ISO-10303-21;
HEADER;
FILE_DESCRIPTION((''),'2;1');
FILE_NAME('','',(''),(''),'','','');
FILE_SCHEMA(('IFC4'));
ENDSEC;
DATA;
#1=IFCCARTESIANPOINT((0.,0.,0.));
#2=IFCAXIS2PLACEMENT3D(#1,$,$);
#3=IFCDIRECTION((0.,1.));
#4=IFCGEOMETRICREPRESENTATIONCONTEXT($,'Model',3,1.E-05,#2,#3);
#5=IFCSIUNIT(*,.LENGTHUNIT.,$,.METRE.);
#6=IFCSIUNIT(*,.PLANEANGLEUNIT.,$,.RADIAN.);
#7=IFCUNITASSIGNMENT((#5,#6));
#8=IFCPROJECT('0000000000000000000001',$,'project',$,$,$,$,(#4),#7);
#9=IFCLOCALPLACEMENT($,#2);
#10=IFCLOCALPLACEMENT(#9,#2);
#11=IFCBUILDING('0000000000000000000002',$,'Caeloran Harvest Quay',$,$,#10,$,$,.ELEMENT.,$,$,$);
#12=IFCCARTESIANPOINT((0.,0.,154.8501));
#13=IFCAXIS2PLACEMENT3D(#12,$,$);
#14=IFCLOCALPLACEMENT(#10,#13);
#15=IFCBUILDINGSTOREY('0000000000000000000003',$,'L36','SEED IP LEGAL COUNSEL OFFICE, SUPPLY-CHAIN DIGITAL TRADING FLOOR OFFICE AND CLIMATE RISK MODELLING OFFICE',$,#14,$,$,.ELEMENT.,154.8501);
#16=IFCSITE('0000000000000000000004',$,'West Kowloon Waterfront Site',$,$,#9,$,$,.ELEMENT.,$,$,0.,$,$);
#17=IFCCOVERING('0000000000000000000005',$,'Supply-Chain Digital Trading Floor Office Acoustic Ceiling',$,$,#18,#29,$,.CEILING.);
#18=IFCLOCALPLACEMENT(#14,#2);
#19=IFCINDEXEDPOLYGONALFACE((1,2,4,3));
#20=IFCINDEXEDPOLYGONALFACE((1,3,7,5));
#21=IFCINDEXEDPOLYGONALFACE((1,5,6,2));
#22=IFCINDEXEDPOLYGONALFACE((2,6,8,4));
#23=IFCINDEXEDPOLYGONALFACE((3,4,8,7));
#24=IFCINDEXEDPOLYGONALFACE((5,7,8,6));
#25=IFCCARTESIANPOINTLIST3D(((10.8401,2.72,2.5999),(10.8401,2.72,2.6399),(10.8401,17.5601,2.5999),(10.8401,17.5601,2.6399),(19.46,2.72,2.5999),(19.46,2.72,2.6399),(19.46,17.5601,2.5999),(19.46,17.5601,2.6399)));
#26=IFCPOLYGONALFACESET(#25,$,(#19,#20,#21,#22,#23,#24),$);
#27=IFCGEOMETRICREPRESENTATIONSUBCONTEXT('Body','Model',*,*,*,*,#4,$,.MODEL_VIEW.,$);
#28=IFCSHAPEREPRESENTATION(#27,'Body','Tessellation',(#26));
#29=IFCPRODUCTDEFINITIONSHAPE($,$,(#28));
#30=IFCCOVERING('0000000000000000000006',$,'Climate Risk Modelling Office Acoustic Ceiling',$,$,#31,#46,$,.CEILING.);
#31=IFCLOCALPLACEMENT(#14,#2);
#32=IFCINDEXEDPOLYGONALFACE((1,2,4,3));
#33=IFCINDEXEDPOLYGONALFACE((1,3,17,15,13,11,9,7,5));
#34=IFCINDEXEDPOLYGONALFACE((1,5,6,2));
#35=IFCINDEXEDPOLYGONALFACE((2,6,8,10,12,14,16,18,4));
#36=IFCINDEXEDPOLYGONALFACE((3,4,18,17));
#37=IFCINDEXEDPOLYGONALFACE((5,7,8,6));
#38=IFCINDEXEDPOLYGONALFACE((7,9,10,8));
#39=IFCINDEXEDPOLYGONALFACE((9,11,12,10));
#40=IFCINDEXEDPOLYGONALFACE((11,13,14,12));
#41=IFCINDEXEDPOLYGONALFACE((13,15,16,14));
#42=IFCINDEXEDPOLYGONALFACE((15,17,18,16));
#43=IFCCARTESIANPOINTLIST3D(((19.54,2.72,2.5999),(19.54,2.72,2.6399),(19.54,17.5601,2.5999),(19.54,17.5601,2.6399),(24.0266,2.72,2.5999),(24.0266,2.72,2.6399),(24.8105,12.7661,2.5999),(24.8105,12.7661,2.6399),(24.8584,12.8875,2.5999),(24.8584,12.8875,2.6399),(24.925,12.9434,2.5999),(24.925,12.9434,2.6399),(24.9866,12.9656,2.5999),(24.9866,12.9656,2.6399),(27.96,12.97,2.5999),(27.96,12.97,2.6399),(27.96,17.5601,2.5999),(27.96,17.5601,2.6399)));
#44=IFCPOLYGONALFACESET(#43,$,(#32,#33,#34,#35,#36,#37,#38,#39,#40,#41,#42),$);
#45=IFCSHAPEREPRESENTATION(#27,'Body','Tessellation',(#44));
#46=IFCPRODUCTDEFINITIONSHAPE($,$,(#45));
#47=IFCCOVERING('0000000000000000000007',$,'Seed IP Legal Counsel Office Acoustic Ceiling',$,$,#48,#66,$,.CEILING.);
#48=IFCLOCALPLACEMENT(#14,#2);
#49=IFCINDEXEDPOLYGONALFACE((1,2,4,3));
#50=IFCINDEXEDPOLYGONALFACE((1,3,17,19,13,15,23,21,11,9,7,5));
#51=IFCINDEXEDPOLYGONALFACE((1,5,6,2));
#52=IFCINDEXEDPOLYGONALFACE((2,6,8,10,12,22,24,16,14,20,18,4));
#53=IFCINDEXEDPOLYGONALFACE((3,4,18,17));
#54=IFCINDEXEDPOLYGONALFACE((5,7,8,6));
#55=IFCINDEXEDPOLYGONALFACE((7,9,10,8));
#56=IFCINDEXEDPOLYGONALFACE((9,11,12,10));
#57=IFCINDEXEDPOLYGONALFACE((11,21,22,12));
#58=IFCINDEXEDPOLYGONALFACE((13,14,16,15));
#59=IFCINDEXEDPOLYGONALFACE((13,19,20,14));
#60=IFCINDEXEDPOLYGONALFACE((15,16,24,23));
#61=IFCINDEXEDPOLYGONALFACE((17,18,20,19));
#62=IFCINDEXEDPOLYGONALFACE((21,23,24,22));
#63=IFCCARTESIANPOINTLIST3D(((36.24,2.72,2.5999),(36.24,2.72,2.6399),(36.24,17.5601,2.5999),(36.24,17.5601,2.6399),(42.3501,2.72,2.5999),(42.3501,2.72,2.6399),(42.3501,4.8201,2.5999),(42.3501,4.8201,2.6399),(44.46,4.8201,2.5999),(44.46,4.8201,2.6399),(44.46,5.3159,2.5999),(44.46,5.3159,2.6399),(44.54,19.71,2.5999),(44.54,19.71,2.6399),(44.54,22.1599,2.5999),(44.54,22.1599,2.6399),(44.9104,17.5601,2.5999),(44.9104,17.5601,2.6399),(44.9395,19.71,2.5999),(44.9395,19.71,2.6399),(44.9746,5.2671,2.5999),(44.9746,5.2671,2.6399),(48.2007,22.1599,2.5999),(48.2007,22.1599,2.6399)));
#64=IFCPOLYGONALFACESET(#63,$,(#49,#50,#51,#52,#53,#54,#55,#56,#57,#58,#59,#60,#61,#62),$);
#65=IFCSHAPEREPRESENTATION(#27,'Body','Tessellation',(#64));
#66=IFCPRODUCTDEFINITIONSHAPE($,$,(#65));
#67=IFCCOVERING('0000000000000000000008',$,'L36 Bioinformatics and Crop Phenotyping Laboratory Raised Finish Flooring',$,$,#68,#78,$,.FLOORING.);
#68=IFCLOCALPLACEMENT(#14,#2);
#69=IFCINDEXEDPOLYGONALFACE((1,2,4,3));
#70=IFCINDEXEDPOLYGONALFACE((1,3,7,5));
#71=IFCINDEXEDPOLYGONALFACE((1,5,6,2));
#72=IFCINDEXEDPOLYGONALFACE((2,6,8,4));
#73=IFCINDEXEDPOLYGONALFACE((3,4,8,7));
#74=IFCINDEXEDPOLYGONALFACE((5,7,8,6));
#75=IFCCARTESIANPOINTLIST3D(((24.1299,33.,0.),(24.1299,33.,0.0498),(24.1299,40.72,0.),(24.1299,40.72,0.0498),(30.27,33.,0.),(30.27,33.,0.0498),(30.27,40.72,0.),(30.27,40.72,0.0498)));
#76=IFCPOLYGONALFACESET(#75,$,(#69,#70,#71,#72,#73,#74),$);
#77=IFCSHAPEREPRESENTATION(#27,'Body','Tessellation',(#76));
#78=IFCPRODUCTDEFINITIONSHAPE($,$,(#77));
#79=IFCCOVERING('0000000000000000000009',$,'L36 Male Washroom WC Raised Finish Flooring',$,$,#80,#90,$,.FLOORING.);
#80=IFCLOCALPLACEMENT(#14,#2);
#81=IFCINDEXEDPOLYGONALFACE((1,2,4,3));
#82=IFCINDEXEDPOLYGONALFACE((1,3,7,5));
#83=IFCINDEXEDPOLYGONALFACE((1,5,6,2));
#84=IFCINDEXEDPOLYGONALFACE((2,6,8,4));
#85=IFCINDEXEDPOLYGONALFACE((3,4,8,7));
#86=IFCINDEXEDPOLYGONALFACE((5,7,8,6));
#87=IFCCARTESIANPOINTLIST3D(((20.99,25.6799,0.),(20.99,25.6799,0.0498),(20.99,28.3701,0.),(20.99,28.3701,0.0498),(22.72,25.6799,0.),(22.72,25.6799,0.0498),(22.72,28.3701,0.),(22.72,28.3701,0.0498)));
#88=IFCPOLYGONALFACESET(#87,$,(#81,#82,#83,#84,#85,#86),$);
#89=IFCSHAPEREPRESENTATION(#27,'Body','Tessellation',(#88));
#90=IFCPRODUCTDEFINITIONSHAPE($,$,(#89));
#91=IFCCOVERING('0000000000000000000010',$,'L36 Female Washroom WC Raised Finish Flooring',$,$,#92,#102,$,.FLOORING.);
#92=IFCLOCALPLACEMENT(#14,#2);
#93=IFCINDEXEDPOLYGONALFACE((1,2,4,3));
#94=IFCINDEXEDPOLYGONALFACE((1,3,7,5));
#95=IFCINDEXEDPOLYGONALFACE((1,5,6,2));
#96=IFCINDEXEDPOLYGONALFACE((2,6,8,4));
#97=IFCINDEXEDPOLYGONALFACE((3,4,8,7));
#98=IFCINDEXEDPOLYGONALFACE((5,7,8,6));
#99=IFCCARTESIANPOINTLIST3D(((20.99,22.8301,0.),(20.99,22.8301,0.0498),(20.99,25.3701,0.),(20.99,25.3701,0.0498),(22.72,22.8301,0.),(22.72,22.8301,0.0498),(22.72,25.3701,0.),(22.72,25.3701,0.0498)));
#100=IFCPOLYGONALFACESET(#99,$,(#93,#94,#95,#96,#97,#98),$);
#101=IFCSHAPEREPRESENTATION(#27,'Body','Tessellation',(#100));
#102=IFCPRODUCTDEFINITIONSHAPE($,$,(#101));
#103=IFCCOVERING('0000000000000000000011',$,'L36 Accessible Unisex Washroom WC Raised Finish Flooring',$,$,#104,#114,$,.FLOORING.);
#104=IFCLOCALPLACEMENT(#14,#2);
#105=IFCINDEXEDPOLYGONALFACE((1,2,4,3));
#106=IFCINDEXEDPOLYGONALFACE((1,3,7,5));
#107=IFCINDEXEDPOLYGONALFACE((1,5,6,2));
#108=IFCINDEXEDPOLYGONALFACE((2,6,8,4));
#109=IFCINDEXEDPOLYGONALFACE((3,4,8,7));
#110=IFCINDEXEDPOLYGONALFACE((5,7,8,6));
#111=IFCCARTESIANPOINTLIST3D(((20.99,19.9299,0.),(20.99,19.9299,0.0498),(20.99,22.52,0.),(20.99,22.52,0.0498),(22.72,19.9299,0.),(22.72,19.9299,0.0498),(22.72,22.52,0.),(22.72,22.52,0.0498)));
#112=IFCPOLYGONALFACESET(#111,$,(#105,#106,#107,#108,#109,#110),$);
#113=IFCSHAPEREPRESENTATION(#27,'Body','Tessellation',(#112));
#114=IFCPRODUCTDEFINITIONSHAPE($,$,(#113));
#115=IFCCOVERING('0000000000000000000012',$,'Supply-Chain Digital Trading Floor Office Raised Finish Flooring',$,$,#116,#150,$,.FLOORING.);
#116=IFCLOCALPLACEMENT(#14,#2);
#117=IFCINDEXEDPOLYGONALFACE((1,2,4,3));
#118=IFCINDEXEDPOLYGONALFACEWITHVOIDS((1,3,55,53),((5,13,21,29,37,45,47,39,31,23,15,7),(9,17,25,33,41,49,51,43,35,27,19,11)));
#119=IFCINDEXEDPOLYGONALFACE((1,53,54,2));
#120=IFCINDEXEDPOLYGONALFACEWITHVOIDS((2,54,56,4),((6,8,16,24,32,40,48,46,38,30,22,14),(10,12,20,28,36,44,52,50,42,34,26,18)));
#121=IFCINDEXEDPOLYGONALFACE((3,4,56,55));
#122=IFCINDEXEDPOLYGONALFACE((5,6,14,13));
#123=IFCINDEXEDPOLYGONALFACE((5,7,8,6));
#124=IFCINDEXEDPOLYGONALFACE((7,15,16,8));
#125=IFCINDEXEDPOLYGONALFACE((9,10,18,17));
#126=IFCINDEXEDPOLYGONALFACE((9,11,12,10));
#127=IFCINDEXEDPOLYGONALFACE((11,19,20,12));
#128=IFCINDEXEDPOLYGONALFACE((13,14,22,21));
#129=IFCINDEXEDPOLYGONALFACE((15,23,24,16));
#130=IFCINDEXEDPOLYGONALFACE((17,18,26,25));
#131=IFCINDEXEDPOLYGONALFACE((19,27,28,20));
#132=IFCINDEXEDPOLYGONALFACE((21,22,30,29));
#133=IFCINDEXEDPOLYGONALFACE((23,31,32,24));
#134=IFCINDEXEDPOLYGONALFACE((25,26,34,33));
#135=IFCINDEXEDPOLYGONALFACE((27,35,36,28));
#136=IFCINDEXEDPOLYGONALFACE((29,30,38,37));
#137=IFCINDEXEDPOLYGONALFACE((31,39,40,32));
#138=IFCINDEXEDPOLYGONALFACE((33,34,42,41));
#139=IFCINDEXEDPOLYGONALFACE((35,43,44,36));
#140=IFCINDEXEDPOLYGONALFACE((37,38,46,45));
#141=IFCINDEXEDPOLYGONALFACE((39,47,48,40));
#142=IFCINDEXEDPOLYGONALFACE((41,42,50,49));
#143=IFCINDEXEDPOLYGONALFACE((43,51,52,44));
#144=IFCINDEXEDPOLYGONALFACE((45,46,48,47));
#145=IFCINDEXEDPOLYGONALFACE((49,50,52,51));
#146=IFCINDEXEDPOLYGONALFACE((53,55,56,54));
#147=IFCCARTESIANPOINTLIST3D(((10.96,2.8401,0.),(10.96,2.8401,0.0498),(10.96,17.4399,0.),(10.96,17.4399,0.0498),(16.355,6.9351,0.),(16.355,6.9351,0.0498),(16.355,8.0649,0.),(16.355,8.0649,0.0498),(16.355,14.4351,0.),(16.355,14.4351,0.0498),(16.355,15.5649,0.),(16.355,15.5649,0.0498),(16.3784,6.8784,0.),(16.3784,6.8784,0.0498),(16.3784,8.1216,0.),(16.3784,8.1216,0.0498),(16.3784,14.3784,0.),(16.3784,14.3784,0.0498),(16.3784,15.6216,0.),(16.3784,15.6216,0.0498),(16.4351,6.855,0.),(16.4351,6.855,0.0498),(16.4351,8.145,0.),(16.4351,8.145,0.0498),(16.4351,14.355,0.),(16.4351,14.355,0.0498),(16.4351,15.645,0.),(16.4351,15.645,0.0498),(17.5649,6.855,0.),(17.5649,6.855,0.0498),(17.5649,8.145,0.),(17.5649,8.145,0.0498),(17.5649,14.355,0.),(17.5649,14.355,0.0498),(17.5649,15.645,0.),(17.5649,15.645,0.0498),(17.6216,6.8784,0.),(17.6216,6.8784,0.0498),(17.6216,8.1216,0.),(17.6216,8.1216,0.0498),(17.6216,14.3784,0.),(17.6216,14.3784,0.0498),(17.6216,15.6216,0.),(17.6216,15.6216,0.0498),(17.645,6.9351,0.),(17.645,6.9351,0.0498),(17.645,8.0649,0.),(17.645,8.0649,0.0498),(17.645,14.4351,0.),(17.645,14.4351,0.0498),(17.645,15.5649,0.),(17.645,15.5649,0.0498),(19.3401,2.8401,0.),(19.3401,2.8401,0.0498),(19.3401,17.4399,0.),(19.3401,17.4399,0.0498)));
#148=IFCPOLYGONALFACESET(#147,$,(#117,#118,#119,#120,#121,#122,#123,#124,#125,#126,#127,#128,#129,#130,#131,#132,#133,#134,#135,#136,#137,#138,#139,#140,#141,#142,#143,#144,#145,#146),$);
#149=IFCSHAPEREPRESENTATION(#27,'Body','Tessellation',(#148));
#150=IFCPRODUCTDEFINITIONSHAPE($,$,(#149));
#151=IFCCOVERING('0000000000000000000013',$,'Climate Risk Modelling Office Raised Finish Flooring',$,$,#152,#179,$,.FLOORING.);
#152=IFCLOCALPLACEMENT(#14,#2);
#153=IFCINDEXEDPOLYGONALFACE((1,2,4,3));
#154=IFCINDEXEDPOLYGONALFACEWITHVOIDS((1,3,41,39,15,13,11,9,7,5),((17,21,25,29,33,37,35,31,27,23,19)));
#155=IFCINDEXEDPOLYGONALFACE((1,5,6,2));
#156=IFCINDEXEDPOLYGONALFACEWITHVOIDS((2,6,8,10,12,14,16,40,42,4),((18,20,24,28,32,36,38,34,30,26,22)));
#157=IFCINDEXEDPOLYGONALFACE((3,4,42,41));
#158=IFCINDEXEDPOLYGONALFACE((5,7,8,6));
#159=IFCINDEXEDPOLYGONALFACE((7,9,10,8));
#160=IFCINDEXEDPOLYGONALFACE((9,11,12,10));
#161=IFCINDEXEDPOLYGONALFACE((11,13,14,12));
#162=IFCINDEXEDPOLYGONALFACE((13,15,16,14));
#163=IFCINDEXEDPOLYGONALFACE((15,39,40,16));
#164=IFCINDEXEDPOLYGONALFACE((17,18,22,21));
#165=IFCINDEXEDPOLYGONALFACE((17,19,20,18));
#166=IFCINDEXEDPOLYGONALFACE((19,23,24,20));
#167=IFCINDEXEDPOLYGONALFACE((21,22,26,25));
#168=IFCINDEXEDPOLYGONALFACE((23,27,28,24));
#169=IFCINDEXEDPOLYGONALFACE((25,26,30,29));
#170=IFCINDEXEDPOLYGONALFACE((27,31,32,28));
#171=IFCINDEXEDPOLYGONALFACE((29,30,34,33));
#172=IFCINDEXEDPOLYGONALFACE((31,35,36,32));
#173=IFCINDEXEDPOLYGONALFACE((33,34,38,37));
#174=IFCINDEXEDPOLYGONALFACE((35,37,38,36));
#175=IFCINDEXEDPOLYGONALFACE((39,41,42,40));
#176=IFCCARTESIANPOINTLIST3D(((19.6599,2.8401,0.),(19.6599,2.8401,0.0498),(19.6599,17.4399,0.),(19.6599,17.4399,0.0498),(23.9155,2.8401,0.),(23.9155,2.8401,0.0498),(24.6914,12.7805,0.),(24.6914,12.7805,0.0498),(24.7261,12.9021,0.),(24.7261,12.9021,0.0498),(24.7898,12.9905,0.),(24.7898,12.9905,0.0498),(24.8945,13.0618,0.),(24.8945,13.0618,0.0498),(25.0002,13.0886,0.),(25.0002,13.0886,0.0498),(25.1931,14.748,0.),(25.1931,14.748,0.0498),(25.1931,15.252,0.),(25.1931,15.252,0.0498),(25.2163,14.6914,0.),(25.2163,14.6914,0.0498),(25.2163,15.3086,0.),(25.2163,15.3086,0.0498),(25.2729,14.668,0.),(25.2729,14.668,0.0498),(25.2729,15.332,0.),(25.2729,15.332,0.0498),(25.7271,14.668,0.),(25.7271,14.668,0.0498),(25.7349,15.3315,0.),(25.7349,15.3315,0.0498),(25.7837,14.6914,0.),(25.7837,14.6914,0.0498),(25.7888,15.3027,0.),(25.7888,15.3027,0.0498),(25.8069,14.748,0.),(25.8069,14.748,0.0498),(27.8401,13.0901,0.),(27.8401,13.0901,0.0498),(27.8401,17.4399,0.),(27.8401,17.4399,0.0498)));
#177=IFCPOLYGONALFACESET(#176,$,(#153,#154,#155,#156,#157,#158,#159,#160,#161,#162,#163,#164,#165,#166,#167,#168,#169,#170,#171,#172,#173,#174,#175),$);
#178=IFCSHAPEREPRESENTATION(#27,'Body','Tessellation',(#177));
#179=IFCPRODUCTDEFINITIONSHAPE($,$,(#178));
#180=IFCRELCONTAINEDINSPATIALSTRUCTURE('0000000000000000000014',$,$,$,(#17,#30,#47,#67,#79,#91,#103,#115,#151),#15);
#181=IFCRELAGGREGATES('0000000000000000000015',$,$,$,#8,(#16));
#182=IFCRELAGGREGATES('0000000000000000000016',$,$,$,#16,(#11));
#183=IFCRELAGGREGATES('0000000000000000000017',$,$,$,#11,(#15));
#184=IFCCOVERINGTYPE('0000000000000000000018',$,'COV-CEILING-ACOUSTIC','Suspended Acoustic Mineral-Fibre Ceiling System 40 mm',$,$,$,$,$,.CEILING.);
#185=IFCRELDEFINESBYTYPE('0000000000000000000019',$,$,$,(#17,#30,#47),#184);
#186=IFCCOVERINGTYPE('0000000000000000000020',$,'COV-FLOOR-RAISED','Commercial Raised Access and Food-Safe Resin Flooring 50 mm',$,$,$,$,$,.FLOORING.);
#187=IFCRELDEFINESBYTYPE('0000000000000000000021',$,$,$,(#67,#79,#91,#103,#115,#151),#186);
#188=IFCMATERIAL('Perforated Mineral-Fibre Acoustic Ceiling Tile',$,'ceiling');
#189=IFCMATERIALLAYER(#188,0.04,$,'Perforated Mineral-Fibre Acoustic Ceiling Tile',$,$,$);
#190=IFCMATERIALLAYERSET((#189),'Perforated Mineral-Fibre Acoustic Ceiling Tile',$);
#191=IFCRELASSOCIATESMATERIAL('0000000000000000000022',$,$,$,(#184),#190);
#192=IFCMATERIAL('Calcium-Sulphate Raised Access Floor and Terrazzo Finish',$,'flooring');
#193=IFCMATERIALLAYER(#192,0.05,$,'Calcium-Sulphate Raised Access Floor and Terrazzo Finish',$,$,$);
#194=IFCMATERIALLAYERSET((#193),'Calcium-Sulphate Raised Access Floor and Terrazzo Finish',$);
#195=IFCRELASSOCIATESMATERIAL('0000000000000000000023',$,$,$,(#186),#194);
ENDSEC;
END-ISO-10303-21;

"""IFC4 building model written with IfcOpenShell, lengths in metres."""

from ifc_helpers import new_model, si_unit, direction, frame, origin, place, context, subcontext, project, spatial, polyline, outline, extrude, material, layer, layer_set, type_object, element, save


model = new_model("IFC4")

# Units and contexts
model_context = context("Model", 3, precision=1e-05, world=origin(), true_north=direction((0.0, 1.0)))
body_context = subcontext(model_context, "Body", "Model", "MODEL_VIEW")
ifc_project = project(units=[si_unit("LENGTHUNIT", "METRE"), si_unit("PLANEANGLEUNIT", "RADIAN")], contexts=[model_context])

# Site, building, storey
site_placement = place(None, origin())
site = spatial("IfcSite", under=ifc_project, at=site_placement, Name="West Kowloon Waterfront Site", CompositionType="ELEMENT", RefElevation=0.0)
building_placement = place(site_placement, origin())
building = spatial("IfcBuilding", under=site, at=building_placement, Name="Caeloran Harvest Quay", CompositionType="ELEMENT")
storey_placement = place(building_placement, frame((0.0, 0.0, 154.8501)))
storey = spatial("IfcBuildingStorey", under=building, at=storey_placement, Name="L36", Description="SEED IP LEGAL COUNSEL OFFICE, SUPPLY-CHAIN DIGITAL TRADING FLOOR OFFICE AND CLIMATE RISK MODELLING OFFICE", CompositionType="ELEMENT", Elevation=154.8501)

# Coverings
ifc_material_1 = material(Name="Perforated Mineral-Fibre Acoustic Ceiling Tile", Category="ceiling")
ifc_layer_1 = layer(ifc_material_1, 0.04, Name="Perforated Mineral-Fibre Acoustic Ceiling Tile")
ifc_layer_set_1 = layer_set([ifc_layer_1], Name="Perforated Mineral-Fibre Acoustic Ceiling Tile")
covering_type_1 = type_object("IfcCoveringType", Name="COV-CEILING-ACOUSTIC", Description="Suspended Acoustic Mineral-Fibre Ceiling System 40 mm", PredefinedType="CEILING", material=ifc_layer_set_1)
covering_1_placement = place(storey_placement, frame((0.0, 0.0, 2.5999)))
element("IfcCovering", 1, at=covering_1_placement, inside=storey, type_object=covering_type_1, Name="Supply-Chain Digital Trading Floor Office Acoustic Ceiling", PredefinedType="CEILING", context=body_context, shape_type="SweptSolid", body=[
    extrude(outline(polyline([(19.46, 2.72), (10.8401, 2.72), (10.8401, 17.5601), (19.46, 17.5601), (19.46, 2.72)])), origin(), (0.0, 0.0, 1.0), 0.04),
])
covering_2_placement = place(storey_placement, frame((0.0, 0.0, 2.5999)))
element("IfcCovering", 2, at=covering_2_placement, inside=storey, type_object=covering_type_1, Name="Climate Risk Modelling Office Acoustic Ceiling", PredefinedType="CEILING", context=body_context, shape_type="SweptSolid", body=[
    extrude(outline(polyline([(24.9866, 12.9656), (24.925, 12.9434), (24.8584, 12.8875), (24.8105, 12.7661), (24.0266, 2.72), (19.54, 2.72), (19.54, 17.5601), (27.96, 17.5601), (27.96, 12.97), (24.9866, 12.9656)])), origin(), (0.0, 0.0, 1.0), 0.04),
])
covering_3_placement = place(storey_placement, frame((0.0, 0.0, 2.5999)))
element("IfcCovering", 3, at=covering_3_placement, inside=storey, type_object=covering_type_1, Name="Seed IP Legal Counsel Office Acoustic Ceiling", PredefinedType="CEILING", context=body_context, shape_type="SweptSolid", body=[
    extrude(outline(polyline([(44.54, 19.71), (44.54, 22.1599), (48.2007, 22.1599), (44.9746, 5.2671), (44.46, 5.3159), (44.46, 4.8201), (42.3501, 4.8201), (42.3501, 2.72), (36.24, 2.72), (36.24, 17.5601), (44.9104, 17.5601), (44.9395, 19.71), (44.54, 19.71)])), origin(), (0.0, 0.0, 1.0), 0.04),
])
ifc_material_2 = material(Name="Calcium-Sulphate Raised Access Floor and Terrazzo Finish", Category="flooring")
ifc_layer_2 = layer(ifc_material_2, 0.05, Name="Calcium-Sulphate Raised Access Floor and Terrazzo Finish")
ifc_layer_set_2 = layer_set([ifc_layer_2], Name="Calcium-Sulphate Raised Access Floor and Terrazzo Finish")
covering_type_2 = type_object("IfcCoveringType", Name="COV-FLOOR-RAISED", Description="Commercial Raised Access and Food-Safe Resin Flooring 50 mm", PredefinedType="FLOORING", material=ifc_layer_set_2)
covering_4_placement = place(storey_placement, origin())
element("IfcCovering", 4, at=covering_4_placement, inside=storey, type_object=covering_type_2, Name="L36 Bioinformatics and Crop Phenotyping Laboratory Raised Finish Flooring", PredefinedType="FLOORING", context=body_context, shape_type="SweptSolid", body=[
    extrude(outline(polyline([(30.27, 40.72), (30.27, 33.0), (24.1299, 33.0), (24.1299, 40.72), (30.27, 40.72)])), origin(), (0.0, 0.0, 1.0), 0.0498),
])
covering_5_placement = place(storey_placement, origin())
element("IfcCovering", 5, at=covering_5_placement, inside=storey, type_object=covering_type_2, Name="L36 Male Washroom WC Raised Finish Flooring", PredefinedType="FLOORING", context=body_context, shape_type="SweptSolid", body=[
    extrude(outline(polyline([(22.72, 25.6799), (20.99, 25.6799), (20.99, 28.3701), (22.72, 28.3701), (22.72, 25.6799)])), origin(), (0.0, 0.0, 1.0), 0.0498),
])
covering_6_placement = place(storey_placement, origin())
element("IfcCovering", 6, at=covering_6_placement, inside=storey, type_object=covering_type_2, Name="L36 Female Washroom WC Raised Finish Flooring", PredefinedType="FLOORING", context=body_context, shape_type="SweptSolid", body=[
    extrude(outline(polyline([(22.72, 22.8301), (20.99, 22.8301), (20.99, 25.3701), (22.72, 25.3701), (22.72, 22.8301)])), origin(), (0.0, 0.0, 1.0), 0.0498),
])
covering_7_placement = place(storey_placement, origin())
element("IfcCovering", 7, at=covering_7_placement, inside=storey, type_object=covering_type_2, Name="L36 Accessible Unisex Washroom WC Raised Finish Flooring", PredefinedType="FLOORING", context=body_context, shape_type="SweptSolid", body=[
    extrude(outline(polyline([(22.72, 19.9299), (20.99, 19.9299), (20.99, 22.52), (22.72, 22.52), (22.72, 19.9299)])), origin(), (0.0, 0.0, 1.0), 0.0498),
])
covering_8_placement = place(storey_placement, origin())
element("IfcCovering", 8, at=covering_8_placement, inside=storey, type_object=covering_type_2, Name="Supply-Chain Digital Trading Floor Office Raised Finish Flooring", PredefinedType="FLOORING", context=body_context, shape_type="SweptSolid", body=[
    extrude(outline(polyline([(10.96, 17.4399), (19.3401, 17.4399), (19.3401, 2.8401), (10.96, 2.8401), (10.96, 17.4399)]), holes=[polyline([(16.4351, 8.145), (16.3784, 8.1216), (16.355, 8.0649), (16.355, 6.9351), (16.3784, 6.8784), (16.4351, 6.855), (17.5649, 6.855), (17.6216, 6.8784), (17.645, 6.9351), (17.645, 8.0649), (17.6216, 8.1216), (17.5649, 8.145), (16.4351, 8.145)]), polyline([(16.4351, 15.645), (16.3784, 15.6216), (16.355, 15.5649), (16.355, 14.4351), (16.3784, 14.3784), (16.4351, 14.355), (17.5649, 14.355), (17.6216, 14.3784), (17.645, 14.4351), (17.645, 15.5649), (17.6216, 15.6216), (17.5649, 15.645), (16.4351, 15.645)])]), origin(), (0.0, 0.0, 1.0), 0.0498),
])
covering_9_placement = place(storey_placement, origin())
element("IfcCovering", 9, at=covering_9_placement, inside=storey, type_object=covering_type_2, Name="Climate Risk Modelling Office Raised Finish Flooring", PredefinedType="FLOORING", context=body_context, shape_type="SweptSolid", body=[
    extrude(outline(polyline([(25.0002, 13.0886), (24.8945, 13.0618), (24.7898, 12.9905), (24.7261, 12.9021), (24.6914, 12.7805), (23.9155, 2.8401), (19.6599, 2.8401), (19.6599, 17.4399), (27.8401, 17.4399), (27.8401, 13.0901), (25.0002, 13.0886)]), holes=[polyline([(25.8069, 14.748), (25.7888, 15.3027), (25.7349, 15.3315), (25.2729, 15.332), (25.2163, 15.3086), (25.1931, 15.252), (25.1931, 14.748), (25.2163, 14.6914), (25.2729, 14.668), (25.7271, 14.668), (25.7837, 14.6914), (25.8069, 14.748)])]), origin(), (0.0, 0.0, 1.0), 0.0498),
])

save(model, "model.ifc")
